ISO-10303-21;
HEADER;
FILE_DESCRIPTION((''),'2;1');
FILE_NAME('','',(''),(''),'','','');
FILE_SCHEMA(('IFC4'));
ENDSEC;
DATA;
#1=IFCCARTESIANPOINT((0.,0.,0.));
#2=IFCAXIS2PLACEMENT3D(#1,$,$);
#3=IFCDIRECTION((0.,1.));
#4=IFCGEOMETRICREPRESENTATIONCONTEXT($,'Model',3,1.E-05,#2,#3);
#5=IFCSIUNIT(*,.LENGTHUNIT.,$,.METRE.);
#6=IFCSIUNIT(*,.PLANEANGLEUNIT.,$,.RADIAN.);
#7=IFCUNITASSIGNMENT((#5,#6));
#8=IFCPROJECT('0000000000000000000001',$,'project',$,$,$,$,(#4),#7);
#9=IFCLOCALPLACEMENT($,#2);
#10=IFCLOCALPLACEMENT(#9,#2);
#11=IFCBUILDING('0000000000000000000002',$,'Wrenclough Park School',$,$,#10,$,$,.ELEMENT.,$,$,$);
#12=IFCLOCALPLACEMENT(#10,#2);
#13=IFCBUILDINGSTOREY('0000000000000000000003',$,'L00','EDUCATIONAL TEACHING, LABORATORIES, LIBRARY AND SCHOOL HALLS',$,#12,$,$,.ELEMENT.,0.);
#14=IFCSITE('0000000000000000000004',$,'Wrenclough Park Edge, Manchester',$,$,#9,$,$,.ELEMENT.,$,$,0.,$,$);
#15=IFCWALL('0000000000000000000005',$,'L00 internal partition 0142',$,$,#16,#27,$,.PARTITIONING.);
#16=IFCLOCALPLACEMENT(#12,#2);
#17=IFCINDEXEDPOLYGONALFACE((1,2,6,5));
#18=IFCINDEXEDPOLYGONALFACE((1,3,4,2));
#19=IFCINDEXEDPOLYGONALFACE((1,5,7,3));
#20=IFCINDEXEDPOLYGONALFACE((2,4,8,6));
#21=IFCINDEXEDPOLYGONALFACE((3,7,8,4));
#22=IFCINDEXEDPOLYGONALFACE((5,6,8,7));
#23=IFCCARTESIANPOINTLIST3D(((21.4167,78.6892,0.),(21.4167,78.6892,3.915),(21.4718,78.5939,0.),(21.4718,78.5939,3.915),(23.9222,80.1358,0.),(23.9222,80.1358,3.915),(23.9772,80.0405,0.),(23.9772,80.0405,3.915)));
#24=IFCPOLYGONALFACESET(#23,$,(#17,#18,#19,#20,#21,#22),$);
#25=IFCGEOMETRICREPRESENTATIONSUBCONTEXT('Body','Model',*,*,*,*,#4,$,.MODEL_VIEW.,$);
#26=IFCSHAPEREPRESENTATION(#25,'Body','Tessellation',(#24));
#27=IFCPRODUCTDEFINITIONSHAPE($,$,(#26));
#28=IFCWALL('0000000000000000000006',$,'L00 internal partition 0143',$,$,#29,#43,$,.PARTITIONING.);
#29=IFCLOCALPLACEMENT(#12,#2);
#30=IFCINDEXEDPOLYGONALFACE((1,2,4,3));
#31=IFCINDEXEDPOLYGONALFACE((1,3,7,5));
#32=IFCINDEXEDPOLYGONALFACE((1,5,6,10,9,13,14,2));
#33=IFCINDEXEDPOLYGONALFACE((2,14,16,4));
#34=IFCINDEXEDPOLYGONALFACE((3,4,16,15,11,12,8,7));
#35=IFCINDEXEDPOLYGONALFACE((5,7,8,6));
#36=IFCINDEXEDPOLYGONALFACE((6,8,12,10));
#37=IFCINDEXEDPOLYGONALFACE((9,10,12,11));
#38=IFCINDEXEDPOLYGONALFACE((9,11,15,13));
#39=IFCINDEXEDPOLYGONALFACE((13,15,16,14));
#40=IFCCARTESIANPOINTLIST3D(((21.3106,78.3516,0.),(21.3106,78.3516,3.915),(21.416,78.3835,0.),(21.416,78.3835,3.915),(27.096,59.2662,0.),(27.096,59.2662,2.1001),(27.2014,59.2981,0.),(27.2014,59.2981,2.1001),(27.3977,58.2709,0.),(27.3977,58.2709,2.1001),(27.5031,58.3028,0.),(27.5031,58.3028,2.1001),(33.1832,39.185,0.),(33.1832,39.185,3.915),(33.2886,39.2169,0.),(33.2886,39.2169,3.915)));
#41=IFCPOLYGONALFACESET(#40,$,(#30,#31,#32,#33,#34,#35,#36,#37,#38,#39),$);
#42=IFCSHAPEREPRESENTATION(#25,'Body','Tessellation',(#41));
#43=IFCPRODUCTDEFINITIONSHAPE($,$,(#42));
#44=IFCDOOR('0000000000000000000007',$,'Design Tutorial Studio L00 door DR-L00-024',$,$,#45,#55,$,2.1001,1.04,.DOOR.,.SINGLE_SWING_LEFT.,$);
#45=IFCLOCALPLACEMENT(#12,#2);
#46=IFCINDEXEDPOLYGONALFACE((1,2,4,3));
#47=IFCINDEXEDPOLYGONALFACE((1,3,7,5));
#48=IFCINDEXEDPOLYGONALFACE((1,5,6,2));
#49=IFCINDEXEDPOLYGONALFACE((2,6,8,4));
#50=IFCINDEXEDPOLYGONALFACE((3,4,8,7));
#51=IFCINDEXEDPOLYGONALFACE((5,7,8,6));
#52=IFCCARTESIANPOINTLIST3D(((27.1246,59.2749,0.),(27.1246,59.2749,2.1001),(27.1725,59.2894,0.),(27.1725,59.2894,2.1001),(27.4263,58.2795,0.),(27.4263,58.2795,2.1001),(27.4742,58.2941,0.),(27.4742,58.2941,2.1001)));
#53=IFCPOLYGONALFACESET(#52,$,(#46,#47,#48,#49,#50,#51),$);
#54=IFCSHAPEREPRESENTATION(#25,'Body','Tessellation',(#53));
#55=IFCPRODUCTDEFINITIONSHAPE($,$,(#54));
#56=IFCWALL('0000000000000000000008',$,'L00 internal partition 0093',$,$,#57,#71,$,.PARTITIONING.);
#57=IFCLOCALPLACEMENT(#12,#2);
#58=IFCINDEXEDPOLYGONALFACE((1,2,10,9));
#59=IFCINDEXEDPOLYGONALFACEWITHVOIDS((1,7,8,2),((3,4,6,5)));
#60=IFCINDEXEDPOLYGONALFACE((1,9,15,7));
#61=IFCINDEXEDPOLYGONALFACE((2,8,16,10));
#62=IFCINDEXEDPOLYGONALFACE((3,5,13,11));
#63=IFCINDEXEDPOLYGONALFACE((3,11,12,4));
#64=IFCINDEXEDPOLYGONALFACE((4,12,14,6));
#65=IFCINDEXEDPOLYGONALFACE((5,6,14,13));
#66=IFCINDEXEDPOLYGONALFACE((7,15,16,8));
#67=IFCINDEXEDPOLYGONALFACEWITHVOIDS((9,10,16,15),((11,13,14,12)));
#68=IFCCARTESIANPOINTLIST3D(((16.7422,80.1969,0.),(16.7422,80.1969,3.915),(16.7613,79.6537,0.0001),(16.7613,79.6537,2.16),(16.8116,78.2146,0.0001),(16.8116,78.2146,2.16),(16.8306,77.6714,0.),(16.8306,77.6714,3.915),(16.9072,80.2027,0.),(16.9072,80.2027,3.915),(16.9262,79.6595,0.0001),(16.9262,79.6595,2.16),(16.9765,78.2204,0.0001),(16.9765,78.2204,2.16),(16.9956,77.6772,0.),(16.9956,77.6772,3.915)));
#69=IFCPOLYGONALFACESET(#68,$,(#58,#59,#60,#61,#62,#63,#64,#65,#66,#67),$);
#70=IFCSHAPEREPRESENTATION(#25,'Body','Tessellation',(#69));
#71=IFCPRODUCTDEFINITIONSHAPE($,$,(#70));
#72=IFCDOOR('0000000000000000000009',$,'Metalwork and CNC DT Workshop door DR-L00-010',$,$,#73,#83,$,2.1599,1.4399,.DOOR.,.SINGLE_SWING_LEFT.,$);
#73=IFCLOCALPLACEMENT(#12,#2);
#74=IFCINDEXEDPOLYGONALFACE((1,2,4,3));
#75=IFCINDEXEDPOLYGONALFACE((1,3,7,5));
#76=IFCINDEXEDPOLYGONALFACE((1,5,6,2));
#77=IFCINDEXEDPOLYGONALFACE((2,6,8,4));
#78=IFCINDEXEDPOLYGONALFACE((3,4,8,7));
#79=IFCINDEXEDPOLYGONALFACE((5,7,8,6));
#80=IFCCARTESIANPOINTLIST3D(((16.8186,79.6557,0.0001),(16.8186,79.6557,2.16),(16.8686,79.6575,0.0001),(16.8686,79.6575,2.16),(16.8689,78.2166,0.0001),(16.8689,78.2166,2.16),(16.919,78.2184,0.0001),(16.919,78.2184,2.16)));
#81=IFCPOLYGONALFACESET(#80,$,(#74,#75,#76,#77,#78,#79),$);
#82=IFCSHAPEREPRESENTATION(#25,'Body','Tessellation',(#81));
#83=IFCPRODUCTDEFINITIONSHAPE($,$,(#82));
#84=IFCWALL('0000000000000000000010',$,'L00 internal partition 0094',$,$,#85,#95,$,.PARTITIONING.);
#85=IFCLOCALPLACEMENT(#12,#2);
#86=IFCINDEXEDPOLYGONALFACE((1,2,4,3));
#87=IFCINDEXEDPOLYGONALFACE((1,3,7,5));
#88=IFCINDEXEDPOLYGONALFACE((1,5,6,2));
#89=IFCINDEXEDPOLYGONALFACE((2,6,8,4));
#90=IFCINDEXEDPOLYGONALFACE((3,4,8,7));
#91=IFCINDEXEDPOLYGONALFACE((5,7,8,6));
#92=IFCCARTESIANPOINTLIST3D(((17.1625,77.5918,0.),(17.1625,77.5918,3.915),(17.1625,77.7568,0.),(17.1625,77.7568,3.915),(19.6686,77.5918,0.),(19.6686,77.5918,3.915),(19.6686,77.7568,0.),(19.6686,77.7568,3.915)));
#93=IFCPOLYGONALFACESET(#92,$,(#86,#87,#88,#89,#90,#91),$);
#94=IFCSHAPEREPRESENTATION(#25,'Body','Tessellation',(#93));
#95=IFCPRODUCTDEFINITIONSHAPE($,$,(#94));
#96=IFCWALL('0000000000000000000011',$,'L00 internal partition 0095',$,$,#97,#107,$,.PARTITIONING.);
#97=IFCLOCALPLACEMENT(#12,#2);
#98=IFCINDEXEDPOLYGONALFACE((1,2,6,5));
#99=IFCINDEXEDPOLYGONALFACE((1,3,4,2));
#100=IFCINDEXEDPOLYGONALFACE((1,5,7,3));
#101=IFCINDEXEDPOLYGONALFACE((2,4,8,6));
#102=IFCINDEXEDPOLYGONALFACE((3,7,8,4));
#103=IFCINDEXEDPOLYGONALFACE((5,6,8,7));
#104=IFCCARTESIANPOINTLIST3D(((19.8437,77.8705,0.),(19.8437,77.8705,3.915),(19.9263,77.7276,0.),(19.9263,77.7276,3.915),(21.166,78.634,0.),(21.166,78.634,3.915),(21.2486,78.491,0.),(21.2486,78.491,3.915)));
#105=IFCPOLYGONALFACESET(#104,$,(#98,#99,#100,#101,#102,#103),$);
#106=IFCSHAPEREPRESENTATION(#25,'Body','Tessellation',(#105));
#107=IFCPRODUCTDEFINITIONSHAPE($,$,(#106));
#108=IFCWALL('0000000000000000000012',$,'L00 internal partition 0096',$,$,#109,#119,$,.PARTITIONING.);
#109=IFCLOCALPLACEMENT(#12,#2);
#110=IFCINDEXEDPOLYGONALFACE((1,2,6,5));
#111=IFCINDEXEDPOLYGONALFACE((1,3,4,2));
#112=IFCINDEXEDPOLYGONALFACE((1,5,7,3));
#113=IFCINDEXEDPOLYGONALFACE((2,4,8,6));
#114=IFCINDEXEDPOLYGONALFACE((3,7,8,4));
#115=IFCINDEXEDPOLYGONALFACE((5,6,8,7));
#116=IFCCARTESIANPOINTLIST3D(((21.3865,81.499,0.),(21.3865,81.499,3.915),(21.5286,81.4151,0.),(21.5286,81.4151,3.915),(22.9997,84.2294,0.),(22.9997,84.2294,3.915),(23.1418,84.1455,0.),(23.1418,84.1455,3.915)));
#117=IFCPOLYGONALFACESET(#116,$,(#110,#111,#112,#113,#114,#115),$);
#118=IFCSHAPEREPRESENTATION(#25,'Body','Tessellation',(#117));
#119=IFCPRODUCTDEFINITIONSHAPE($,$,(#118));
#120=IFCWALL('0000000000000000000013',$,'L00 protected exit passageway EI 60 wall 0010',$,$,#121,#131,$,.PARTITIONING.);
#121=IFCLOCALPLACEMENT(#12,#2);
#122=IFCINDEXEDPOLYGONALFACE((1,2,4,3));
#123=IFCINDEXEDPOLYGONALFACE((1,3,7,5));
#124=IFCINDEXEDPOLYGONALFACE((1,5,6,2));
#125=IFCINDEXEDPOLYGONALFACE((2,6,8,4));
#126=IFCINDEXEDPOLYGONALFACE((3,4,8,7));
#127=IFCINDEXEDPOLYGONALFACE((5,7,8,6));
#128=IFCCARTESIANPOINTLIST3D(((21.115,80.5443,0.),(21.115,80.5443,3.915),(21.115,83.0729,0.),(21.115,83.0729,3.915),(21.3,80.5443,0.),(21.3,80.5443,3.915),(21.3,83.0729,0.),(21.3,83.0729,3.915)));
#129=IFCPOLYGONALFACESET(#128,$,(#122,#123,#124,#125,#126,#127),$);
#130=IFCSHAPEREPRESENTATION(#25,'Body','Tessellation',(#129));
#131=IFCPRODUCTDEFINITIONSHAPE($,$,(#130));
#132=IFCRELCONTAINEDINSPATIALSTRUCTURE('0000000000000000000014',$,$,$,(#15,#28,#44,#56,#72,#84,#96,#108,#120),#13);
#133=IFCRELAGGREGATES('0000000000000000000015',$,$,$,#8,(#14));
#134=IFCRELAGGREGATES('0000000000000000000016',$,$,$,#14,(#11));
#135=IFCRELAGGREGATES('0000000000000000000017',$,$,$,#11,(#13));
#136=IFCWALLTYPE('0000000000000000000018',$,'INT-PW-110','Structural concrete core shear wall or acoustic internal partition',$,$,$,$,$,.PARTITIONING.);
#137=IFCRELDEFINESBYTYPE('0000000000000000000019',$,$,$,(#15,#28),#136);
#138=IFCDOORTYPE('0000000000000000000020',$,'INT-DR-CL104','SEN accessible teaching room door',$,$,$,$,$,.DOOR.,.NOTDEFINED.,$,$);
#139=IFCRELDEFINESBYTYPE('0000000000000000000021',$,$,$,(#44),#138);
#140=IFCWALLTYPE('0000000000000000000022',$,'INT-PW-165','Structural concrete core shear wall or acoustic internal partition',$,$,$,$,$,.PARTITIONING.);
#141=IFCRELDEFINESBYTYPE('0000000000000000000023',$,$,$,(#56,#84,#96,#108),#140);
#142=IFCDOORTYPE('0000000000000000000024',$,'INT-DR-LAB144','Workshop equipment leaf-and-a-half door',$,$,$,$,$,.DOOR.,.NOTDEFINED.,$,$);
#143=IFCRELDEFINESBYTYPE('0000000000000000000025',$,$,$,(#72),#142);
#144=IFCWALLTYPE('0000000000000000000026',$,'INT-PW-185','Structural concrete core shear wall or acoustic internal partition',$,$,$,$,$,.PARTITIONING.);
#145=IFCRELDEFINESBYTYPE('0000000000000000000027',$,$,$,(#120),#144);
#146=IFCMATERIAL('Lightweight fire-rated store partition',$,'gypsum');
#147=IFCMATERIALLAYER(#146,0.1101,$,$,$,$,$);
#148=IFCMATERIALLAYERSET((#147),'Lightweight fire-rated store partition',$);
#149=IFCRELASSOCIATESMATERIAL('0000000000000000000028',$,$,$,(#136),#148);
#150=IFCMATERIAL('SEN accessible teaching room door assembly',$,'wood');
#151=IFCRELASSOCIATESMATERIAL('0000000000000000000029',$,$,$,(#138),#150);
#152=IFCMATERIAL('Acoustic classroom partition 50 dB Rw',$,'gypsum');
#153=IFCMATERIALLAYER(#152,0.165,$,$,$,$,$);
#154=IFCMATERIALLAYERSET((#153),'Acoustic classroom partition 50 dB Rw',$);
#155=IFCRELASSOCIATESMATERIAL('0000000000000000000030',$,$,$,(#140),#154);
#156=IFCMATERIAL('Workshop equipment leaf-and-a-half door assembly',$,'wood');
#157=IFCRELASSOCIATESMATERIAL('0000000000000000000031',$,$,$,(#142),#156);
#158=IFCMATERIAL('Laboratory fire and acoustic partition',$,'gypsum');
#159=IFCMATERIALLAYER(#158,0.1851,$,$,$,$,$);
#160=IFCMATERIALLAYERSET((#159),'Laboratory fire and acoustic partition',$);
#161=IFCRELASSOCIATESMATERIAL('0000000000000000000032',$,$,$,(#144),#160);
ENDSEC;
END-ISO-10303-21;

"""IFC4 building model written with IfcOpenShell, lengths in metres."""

from ifc_helpers import new_model, si_unit, direction, frame, frame_2d, origin, place, context, subcontext, project, spatial, rectangle, extrude, material, layer, layer_set, type_object, element, fill, save


model = new_model("IFC4")

# Units and contexts
model_context = context("Model", 3, precision=1e-05, world=origin(), true_north=direction((0.0, 1.0)))
body_context = subcontext(model_context, "Body", "Model", "MODEL_VIEW")
ifc_project = project(units=[si_unit("LENGTHUNIT", "METRE"), si_unit("PLANEANGLEUNIT", "RADIAN")], contexts=[model_context])

# Site, building, storey
site_placement = place(None, origin())
site = spatial("IfcSite", under=ifc_project, at=site_placement, Name="Wrenclough Park Edge, Manchester", CompositionType="ELEMENT", RefElevation=0.0)
building_placement = place(site_placement, origin())
building = spatial("IfcBuilding", under=site, at=building_placement, Name="Wrenclough Park School", CompositionType="ELEMENT")
storey_placement = place(building_placement, origin())
storey = spatial("IfcBuildingStorey", under=building, at=storey_placement, Name="L00", Description="EDUCATIONAL TEACHING, LABORATORIES, LIBRARY AND SCHOOL HALLS", CompositionType="ELEMENT", Elevation=0.0)

# Wall
ifc_material_1 = material(Name="Lightweight fire-rated store partition", Category="gypsum")
ifc_layer_1 = layer(ifc_material_1, 0.1101)
ifc_layer_set_1 = layer_set([ifc_layer_1], Name="Lightweight fire-rated store partition")
wall_type_1 = type_object("IfcWallType", Name="INT-PW-110", Description="Structural concrete core shear wall or acoustic internal partition", PredefinedType="PARTITIONING", material=ifc_layer_set_1)
wall_1_placement = place(storey_placement, frame((23.9497, 80.0881, 0.0), z_axis=(0.0, 0.0, 1.0), x_axis=(-0.866017, -0.500015, 0.0)))
element("IfcWall", 1, at=wall_1_placement, inside=storey, type_object=wall_type_1, Name="L00 internal partition 0142", PredefinedType="PARTITIONING", context=body_context, shape_type="SweptSolid", body=[
    extrude(rectangle(XDim=2.8931, YDim=0.1101, at=frame_2d((1.4465, 0.0))), origin(), (0.0, 0.0, 1.0), 3.915),
])

# Walls, openings, doors
wall_2_placement = place(storey_placement, frame((21.3633, 78.3677, 0.0), z_axis=(0.0, 0.0, 1.0), x_axis=(0.290095, -0.956998, 0.0)))
wall_2 = element("IfcWall", 2, at=wall_2_placement, inside=storey, type_object=wall_type_1, Name="L00 internal partition 0143", PredefinedType="PARTITIONING", context=body_context, shape_type="SweptSolid", body=[
    extrude(rectangle(XDim=40.9265, YDim=0.1101, at=frame_2d((20.4634, 0.0))), origin(), (0.0, 0.0, 1.0), 3.915),
])
opening_1_placement = place(wall_2_placement, frame((19.9431, 0.0, 0.0)))
opening_1 = element("IfcOpeningElement", 3, at=opening_1_placement, cuts=wall_2, PredefinedType="OPENING", context=body_context, shape_type="SweptSolid", body=[
    extrude(rectangle(XDim=1.04, YDim=2.1001, at=frame_2d((0.52, 1.05))), frame((0.0, 0.0649, 0.0), z_axis=(0.0, -1.0, 0.0), x_axis=(1.0, 0.0, 0.0)), (0.0, 0.0, 1.0), 0.1301),
])
ifc_material_2 = material(Name="SEN accessible teaching room door assembly", Category="wood")
door_type_1 = type_object("IfcDoorType", Name="INT-DR-CL104", Description="SEN accessible teaching room door", OperationType="NOTDEFINED", PredefinedType="DOOR", material=ifc_material_2)
door_1_placement = place(opening_1_placement, origin())
door_1 = element("IfcDoor", 4, at=door_1_placement, inside=storey, type_object=door_type_1, Name="Design Tutorial Studio L00 door DR-L00-024", OperationType="SINGLE_SWING_LEFT", OverallHeight=2.1001, OverallWidth=1.04, PredefinedType="DOOR", context=body_context, shape_type="SweptSolid", body=[
    extrude(rectangle(XDim=1.04, YDim=2.1001, at=frame_2d((0.52, 1.05))), frame((0.0, 0.0249, 0.0), z_axis=(0.0, -1.0, 0.0), x_axis=(1.0, 0.0, 0.0)), (0.0, 0.0, 1.0), 0.05),
])
fill(opening_1, door_1)
ifc_material_3 = material(Name="Acoustic classroom partition 50 dB Rw", Category="gypsum")
ifc_layer_2 = layer(ifc_material_3, 0.165)
ifc_layer_set_2 = layer_set([ifc_layer_2], Name="Acoustic classroom partition 50 dB Rw")
wall_type_2 = type_object("IfcWallType", Name="INT-PW-165", Description="Structural concrete core shear wall or acoustic internal partition", PredefinedType="PARTITIONING", material=ifc_layer_set_2)
wall_3_placement = place(storey_placement, frame((16.8247, 80.2, 0.0), z_axis=(0.0, 0.0, 1.0), x_axis=(0.034971, -0.999388, 0.0)))
wall_3 = element("IfcWall", 5, at=wall_3_placement, inside=storey, type_object=wall_type_2, Name="L00 internal partition 0093", PredefinedType="PARTITIONING", context=body_context, shape_type="SweptSolid", body=[
    extrude(rectangle(XDim=2.5271, YDim=0.165, at=frame_2d((1.2637, 0.0))), origin(), (0.0, 0.0, 1.0), 3.915),
])
opening_2_placement = place(wall_3_placement, frame((0.5437, 0.0, 0.0)))
opening_2 = element("IfcOpeningElement", 6, at=opening_2_placement, cuts=wall_3, PredefinedType="OPENING", context=body_context, shape_type="SweptSolid", body=[
    extrude(rectangle(XDim=1.4399, YDim=2.1599, at=frame_2d((0.72, 1.0801))), frame((0.0, 0.0925, 0.0), z_axis=(0.0, -1.0, 0.0), x_axis=(1.0, 0.0, 0.0)), (0.0, 0.0, 1.0), 0.1851),
])
ifc_material_4 = material(Name="Workshop equipment leaf-and-a-half door assembly", Category="wood")
door_type_2 = type_object("IfcDoorType", Name="INT-DR-LAB144", Description="Workshop equipment leaf-and-a-half door", OperationType="NOTDEFINED", PredefinedType="DOOR", material=ifc_material_4)
door_2_placement = place(opening_2_placement, origin())
door_2 = element("IfcDoor", 7, at=door_2_placement, inside=storey, type_object=door_type_2, Name="Metalwork and CNC DT Workshop door DR-L00-010", OperationType="SINGLE_SWING_LEFT", OverallHeight=2.1599, OverallWidth=1.4399, PredefinedType="DOOR", context=body_context, shape_type="SweptSolid", body=[
    extrude(rectangle(XDim=1.4399, YDim=2.1599, at=frame_2d((0.72, 1.0801))), frame((0.0, 0.0249, 0.0), z_axis=(0.0, -1.0, 0.0), x_axis=(1.0, 0.0, 0.0)), (0.0, 0.0, 1.0), 0.05),
])
fill(opening_2, door_2)

# Walls
wall_4_placement = place(storey_placement, frame((17.1626, 77.6743, 0.0), z_axis=(0.0, 0.0, 1.0), x_axis=(1.0, 0.0, 0.0)))
element("IfcWall", 8, at=wall_4_placement, inside=storey, type_object=wall_type_2, Name="L00 internal partition 0094", PredefinedType="PARTITIONING", context=body_context, shape_type="SweptSolid", body=[
    extrude(rectangle(XDim=2.5061, YDim=0.165, at=frame_2d((1.2529, 0.0))), origin(), (0.0, 0.0, 1.0), 3.915),
])
wall_5_placement = place(storey_placement, frame((19.885, 77.7991, 0.0), z_axis=(0.0, 0.0, 1.0), x_axis=(0.86602, 0.500009, 0.0)))
element("IfcWall", 9, at=wall_5_placement, inside=storey, type_object=wall_type_2, Name="L00 internal partition 0095", PredefinedType="PARTITIONING", context=body_context, shape_type="SweptSolid", body=[
    extrude(rectangle(XDim=1.5269, YDim=0.165, at=frame_2d((0.7634, 0.0))), origin(), (0.0, 0.0, 1.0), 3.915),
])
wall_6_placement = place(storey_placement, frame((21.4575, 81.457, 0.0), z_axis=(0.0, 0.0, 1.0), x_axis=(0.508688, 0.860951, 0.0)))
element("IfcWall", 10, at=wall_6_placement, inside=storey, type_object=wall_type_2, Name="L00 internal partition 0096", PredefinedType="PARTITIONING", context=body_context, shape_type="SweptSolid", body=[
    extrude(rectangle(XDim=3.1714, YDim=0.165, at=frame_2d((1.5857, 0.0))), origin(), (0.0, 0.0, 1.0), 3.915),
])
ifc_material_5 = material(Name="Laboratory fire and acoustic partition", Category="gypsum")
ifc_layer_3 = layer(ifc_material_5, 0.1851)
ifc_layer_set_3 = layer_set([ifc_layer_3], Name="Laboratory fire and acoustic partition")
wall_type_3 = type_object("IfcWallType", Name="INT-PW-185", Description="Structural concrete core shear wall or acoustic internal partition", PredefinedType="PARTITIONING", material=ifc_layer_set_3)
wall_7_placement = place(storey_placement, frame((21.2075, 80.5444, 0.0), z_axis=(0.0, 0.0, 1.0), x_axis=(0.0, 1.0, 0.0)))
element("IfcWall", 11, at=wall_7_placement, inside=storey, type_object=wall_type_3, Name="L00 protected exit passageway EI 60 wall 0010", PredefinedType="PARTITIONING", context=body_context, shape_type="SweptSolid", body=[
    extrude(rectangle(XDim=2.5286, YDim=0.1851, at=frame_2d((1.2642, 0.0))), origin(), (0.0, 0.0, 1.0), 3.915),
])

save(model, "model.ifc")
